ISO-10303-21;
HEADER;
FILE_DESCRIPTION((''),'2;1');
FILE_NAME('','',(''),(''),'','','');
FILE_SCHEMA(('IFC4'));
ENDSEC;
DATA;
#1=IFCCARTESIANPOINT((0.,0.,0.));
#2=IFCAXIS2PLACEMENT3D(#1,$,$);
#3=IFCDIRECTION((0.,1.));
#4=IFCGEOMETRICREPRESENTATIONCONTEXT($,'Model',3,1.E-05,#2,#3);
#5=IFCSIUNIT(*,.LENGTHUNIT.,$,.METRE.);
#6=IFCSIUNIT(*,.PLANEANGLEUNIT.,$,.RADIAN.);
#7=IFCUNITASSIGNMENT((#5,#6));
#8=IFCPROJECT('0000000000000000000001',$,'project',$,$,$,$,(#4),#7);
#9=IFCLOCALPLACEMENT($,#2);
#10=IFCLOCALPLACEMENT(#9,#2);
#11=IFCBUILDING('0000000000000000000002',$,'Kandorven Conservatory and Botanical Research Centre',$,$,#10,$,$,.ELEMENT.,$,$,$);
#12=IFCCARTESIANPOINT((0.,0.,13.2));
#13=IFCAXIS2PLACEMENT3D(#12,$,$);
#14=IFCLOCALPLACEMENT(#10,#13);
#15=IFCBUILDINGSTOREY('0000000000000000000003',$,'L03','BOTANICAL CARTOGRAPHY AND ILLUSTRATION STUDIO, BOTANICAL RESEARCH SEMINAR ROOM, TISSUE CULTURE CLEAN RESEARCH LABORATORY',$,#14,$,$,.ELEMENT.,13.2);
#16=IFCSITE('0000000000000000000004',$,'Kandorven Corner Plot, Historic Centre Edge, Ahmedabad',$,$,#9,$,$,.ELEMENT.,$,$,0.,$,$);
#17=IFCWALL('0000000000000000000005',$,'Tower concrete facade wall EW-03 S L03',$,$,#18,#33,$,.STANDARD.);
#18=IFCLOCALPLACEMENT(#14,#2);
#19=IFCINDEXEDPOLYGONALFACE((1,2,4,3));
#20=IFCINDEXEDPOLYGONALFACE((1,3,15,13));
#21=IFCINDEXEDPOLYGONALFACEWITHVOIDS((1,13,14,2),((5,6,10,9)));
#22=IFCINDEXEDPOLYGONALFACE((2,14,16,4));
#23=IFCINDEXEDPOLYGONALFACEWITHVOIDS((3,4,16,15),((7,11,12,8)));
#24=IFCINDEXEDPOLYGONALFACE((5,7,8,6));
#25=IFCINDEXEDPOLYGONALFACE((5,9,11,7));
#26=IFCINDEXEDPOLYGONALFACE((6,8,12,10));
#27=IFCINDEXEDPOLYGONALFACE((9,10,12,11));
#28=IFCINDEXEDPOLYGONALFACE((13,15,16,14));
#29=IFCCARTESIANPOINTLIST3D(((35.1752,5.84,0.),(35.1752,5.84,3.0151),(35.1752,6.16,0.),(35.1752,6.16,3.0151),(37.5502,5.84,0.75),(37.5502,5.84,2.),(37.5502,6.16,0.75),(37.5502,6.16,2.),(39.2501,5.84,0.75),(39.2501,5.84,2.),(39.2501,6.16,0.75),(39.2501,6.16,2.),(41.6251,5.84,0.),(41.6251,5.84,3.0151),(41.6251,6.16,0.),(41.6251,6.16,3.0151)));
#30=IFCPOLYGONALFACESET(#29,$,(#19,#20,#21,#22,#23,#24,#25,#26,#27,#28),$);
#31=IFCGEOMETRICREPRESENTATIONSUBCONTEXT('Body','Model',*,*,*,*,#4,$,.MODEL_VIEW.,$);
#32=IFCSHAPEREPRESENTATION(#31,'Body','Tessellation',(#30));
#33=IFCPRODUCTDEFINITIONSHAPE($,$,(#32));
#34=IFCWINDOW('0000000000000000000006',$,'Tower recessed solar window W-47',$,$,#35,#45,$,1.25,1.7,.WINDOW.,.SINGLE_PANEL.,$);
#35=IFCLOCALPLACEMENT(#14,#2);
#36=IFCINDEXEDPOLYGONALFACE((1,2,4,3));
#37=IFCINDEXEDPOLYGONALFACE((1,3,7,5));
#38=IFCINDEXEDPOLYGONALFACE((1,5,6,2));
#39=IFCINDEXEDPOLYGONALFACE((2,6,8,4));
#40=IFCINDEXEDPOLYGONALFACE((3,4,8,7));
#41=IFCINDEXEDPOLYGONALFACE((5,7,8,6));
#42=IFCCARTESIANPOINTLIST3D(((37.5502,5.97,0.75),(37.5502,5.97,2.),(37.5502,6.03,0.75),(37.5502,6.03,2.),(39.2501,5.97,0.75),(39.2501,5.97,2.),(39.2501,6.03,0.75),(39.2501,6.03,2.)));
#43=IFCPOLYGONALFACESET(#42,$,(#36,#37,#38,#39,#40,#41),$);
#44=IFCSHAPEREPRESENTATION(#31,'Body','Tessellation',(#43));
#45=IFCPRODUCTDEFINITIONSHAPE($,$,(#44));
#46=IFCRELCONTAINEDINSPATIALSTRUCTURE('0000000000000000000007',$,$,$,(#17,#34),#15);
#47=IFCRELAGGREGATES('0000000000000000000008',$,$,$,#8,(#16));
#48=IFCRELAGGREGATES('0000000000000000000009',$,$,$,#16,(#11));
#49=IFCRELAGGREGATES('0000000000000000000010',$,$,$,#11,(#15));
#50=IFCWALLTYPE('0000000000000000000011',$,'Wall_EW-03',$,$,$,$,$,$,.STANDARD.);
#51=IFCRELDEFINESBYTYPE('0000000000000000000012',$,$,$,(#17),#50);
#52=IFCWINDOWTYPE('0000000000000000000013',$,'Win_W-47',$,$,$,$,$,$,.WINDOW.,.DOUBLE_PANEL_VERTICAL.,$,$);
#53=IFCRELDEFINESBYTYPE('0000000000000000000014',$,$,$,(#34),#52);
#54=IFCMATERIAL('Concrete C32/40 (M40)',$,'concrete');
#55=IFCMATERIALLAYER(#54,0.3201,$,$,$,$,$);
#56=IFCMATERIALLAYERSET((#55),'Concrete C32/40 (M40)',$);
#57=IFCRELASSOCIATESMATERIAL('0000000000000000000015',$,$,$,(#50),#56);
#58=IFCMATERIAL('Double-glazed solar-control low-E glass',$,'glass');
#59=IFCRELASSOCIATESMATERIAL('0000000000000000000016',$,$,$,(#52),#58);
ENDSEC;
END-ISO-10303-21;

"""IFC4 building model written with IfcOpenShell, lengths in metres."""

from ifc_helpers import new_model, si_unit, direction, frame, frame_2d, origin, place, context, subcontext, project, spatial, rectangle, extrude, material, layer, layer_set, type_object, element, fill, save


model = new_model("IFC4")

# Units and contexts
model_context = context("Model", 3, precision=1e-05, world=origin(), true_north=direction((0.0, 1.0)))
body_context = subcontext(model_context, "Body", "Model", "MODEL_VIEW")
ifc_project = project(units=[si_unit("LENGTHUNIT", "METRE"), si_unit("PLANEANGLEUNIT", "RADIAN")], contexts=[model_context])

# Site, building, storey
site_placement = place(None, origin())
site = spatial("IfcSite", under=ifc_project, at=site_placement, Name="Kandorven Corner Plot, Historic Centre Edge, Ahmedabad", CompositionType="ELEMENT", RefElevation=0.0)
building_placement = place(site_placement, origin())
building = spatial("IfcBuilding", under=site, at=building_placement, Name="Kandorven Conservatory and Botanical Research Centre", CompositionType="ELEMENT")
storey_placement = place(building_placement, frame((0.0, 0.0, 13.2)))
storey = spatial("IfcBuildingStorey", under=building, at=storey_placement, Name="L03", Description="BOTANICAL CARTOGRAPHY AND ILLUSTRATION STUDIO, BOTANICAL RESEARCH SEMINAR ROOM, TISSUE CULTURE CLEAN RESEARCH LABORATORY", CompositionType="ELEMENT", Elevation=13.2)

# Wall, opening, window
ifc_material_1 = material(Name="Concrete C32/40 (M40)", Category="concrete")
ifc_layer_1 = layer(ifc_material_1, 0.3201)
ifc_layer_set_1 = layer_set([ifc_layer_1], Name="Concrete C32/40 (M40)")
wall_type_1 = type_object("IfcWallType", Name="Wall_EW-03", PredefinedType="STANDARD", material=ifc_layer_set_1)
wall_1_placement = place(storey_placement, frame((35.175, 6.0, 0.0), z_axis=(0.0, 0.0, 1.0), x_axis=(1.0, 0.0, 0.0)))
wall_1 = element("IfcWall", 1, at=wall_1_placement, inside=storey, type_object=wall_type_1, Name="Tower concrete facade wall EW-03 S L03", PredefinedType="STANDARD", context=body_context, shape_type="SweptSolid", body=[
    extrude(rectangle(XDim=6.45, YDim=0.3201, at=frame_2d((3.2251, 0.0))), origin(), (0.0, 0.0, 1.0), 3.0151),
])
opening_1_placement = place(wall_1_placement, frame((2.375, 0.0, 0.75)))
opening_1 = element("IfcOpeningElement", 2, at=opening_1_placement, cuts=wall_1, PredefinedType="OPENING", context=body_context, shape_type="SweptSolid", body=[
    extrude(rectangle(XDim=1.7, YDim=1.25, at=frame_2d((0.8501, 0.625))), frame((0.0, 0.1699, 0.0), z_axis=(0.0, -1.0, 0.0), x_axis=(1.0, 0.0, 0.0)), (0.0, 0.0, 1.0), 0.3401),
])
ifc_material_2 = material(Name="Double-glazed solar-control low-E glass", Category="glass")
window_type_1 = type_object("IfcWindowType", Name="Win_W-47", PartitioningType="DOUBLE_PANEL_VERTICAL", PredefinedType="WINDOW", material=ifc_material_2)
window_1_placement = place(opening_1_placement, origin())
window_1 = element("IfcWindow", 3, at=window_1_placement, inside=storey, type_object=window_type_1, Name="Tower recessed solar window W-47", OverallHeight=1.25, OverallWidth=1.7, PartitioningType="SINGLE_PANEL", PredefinedType="WINDOW", context=body_context, shape_type="SweptSolid", body=[
    extrude(rectangle(XDim=1.7, YDim=1.25, at=frame_2d((0.8501, 0.625))), frame((0.0, 0.03, 0.0), z_axis=(0.0, -1.0, 0.0), x_axis=(1.0, 0.0, 0.0)), (0.0, 0.0, 1.0), 0.0601),
])
fill(opening_1, window_1)

save(model, "model.ifc")
